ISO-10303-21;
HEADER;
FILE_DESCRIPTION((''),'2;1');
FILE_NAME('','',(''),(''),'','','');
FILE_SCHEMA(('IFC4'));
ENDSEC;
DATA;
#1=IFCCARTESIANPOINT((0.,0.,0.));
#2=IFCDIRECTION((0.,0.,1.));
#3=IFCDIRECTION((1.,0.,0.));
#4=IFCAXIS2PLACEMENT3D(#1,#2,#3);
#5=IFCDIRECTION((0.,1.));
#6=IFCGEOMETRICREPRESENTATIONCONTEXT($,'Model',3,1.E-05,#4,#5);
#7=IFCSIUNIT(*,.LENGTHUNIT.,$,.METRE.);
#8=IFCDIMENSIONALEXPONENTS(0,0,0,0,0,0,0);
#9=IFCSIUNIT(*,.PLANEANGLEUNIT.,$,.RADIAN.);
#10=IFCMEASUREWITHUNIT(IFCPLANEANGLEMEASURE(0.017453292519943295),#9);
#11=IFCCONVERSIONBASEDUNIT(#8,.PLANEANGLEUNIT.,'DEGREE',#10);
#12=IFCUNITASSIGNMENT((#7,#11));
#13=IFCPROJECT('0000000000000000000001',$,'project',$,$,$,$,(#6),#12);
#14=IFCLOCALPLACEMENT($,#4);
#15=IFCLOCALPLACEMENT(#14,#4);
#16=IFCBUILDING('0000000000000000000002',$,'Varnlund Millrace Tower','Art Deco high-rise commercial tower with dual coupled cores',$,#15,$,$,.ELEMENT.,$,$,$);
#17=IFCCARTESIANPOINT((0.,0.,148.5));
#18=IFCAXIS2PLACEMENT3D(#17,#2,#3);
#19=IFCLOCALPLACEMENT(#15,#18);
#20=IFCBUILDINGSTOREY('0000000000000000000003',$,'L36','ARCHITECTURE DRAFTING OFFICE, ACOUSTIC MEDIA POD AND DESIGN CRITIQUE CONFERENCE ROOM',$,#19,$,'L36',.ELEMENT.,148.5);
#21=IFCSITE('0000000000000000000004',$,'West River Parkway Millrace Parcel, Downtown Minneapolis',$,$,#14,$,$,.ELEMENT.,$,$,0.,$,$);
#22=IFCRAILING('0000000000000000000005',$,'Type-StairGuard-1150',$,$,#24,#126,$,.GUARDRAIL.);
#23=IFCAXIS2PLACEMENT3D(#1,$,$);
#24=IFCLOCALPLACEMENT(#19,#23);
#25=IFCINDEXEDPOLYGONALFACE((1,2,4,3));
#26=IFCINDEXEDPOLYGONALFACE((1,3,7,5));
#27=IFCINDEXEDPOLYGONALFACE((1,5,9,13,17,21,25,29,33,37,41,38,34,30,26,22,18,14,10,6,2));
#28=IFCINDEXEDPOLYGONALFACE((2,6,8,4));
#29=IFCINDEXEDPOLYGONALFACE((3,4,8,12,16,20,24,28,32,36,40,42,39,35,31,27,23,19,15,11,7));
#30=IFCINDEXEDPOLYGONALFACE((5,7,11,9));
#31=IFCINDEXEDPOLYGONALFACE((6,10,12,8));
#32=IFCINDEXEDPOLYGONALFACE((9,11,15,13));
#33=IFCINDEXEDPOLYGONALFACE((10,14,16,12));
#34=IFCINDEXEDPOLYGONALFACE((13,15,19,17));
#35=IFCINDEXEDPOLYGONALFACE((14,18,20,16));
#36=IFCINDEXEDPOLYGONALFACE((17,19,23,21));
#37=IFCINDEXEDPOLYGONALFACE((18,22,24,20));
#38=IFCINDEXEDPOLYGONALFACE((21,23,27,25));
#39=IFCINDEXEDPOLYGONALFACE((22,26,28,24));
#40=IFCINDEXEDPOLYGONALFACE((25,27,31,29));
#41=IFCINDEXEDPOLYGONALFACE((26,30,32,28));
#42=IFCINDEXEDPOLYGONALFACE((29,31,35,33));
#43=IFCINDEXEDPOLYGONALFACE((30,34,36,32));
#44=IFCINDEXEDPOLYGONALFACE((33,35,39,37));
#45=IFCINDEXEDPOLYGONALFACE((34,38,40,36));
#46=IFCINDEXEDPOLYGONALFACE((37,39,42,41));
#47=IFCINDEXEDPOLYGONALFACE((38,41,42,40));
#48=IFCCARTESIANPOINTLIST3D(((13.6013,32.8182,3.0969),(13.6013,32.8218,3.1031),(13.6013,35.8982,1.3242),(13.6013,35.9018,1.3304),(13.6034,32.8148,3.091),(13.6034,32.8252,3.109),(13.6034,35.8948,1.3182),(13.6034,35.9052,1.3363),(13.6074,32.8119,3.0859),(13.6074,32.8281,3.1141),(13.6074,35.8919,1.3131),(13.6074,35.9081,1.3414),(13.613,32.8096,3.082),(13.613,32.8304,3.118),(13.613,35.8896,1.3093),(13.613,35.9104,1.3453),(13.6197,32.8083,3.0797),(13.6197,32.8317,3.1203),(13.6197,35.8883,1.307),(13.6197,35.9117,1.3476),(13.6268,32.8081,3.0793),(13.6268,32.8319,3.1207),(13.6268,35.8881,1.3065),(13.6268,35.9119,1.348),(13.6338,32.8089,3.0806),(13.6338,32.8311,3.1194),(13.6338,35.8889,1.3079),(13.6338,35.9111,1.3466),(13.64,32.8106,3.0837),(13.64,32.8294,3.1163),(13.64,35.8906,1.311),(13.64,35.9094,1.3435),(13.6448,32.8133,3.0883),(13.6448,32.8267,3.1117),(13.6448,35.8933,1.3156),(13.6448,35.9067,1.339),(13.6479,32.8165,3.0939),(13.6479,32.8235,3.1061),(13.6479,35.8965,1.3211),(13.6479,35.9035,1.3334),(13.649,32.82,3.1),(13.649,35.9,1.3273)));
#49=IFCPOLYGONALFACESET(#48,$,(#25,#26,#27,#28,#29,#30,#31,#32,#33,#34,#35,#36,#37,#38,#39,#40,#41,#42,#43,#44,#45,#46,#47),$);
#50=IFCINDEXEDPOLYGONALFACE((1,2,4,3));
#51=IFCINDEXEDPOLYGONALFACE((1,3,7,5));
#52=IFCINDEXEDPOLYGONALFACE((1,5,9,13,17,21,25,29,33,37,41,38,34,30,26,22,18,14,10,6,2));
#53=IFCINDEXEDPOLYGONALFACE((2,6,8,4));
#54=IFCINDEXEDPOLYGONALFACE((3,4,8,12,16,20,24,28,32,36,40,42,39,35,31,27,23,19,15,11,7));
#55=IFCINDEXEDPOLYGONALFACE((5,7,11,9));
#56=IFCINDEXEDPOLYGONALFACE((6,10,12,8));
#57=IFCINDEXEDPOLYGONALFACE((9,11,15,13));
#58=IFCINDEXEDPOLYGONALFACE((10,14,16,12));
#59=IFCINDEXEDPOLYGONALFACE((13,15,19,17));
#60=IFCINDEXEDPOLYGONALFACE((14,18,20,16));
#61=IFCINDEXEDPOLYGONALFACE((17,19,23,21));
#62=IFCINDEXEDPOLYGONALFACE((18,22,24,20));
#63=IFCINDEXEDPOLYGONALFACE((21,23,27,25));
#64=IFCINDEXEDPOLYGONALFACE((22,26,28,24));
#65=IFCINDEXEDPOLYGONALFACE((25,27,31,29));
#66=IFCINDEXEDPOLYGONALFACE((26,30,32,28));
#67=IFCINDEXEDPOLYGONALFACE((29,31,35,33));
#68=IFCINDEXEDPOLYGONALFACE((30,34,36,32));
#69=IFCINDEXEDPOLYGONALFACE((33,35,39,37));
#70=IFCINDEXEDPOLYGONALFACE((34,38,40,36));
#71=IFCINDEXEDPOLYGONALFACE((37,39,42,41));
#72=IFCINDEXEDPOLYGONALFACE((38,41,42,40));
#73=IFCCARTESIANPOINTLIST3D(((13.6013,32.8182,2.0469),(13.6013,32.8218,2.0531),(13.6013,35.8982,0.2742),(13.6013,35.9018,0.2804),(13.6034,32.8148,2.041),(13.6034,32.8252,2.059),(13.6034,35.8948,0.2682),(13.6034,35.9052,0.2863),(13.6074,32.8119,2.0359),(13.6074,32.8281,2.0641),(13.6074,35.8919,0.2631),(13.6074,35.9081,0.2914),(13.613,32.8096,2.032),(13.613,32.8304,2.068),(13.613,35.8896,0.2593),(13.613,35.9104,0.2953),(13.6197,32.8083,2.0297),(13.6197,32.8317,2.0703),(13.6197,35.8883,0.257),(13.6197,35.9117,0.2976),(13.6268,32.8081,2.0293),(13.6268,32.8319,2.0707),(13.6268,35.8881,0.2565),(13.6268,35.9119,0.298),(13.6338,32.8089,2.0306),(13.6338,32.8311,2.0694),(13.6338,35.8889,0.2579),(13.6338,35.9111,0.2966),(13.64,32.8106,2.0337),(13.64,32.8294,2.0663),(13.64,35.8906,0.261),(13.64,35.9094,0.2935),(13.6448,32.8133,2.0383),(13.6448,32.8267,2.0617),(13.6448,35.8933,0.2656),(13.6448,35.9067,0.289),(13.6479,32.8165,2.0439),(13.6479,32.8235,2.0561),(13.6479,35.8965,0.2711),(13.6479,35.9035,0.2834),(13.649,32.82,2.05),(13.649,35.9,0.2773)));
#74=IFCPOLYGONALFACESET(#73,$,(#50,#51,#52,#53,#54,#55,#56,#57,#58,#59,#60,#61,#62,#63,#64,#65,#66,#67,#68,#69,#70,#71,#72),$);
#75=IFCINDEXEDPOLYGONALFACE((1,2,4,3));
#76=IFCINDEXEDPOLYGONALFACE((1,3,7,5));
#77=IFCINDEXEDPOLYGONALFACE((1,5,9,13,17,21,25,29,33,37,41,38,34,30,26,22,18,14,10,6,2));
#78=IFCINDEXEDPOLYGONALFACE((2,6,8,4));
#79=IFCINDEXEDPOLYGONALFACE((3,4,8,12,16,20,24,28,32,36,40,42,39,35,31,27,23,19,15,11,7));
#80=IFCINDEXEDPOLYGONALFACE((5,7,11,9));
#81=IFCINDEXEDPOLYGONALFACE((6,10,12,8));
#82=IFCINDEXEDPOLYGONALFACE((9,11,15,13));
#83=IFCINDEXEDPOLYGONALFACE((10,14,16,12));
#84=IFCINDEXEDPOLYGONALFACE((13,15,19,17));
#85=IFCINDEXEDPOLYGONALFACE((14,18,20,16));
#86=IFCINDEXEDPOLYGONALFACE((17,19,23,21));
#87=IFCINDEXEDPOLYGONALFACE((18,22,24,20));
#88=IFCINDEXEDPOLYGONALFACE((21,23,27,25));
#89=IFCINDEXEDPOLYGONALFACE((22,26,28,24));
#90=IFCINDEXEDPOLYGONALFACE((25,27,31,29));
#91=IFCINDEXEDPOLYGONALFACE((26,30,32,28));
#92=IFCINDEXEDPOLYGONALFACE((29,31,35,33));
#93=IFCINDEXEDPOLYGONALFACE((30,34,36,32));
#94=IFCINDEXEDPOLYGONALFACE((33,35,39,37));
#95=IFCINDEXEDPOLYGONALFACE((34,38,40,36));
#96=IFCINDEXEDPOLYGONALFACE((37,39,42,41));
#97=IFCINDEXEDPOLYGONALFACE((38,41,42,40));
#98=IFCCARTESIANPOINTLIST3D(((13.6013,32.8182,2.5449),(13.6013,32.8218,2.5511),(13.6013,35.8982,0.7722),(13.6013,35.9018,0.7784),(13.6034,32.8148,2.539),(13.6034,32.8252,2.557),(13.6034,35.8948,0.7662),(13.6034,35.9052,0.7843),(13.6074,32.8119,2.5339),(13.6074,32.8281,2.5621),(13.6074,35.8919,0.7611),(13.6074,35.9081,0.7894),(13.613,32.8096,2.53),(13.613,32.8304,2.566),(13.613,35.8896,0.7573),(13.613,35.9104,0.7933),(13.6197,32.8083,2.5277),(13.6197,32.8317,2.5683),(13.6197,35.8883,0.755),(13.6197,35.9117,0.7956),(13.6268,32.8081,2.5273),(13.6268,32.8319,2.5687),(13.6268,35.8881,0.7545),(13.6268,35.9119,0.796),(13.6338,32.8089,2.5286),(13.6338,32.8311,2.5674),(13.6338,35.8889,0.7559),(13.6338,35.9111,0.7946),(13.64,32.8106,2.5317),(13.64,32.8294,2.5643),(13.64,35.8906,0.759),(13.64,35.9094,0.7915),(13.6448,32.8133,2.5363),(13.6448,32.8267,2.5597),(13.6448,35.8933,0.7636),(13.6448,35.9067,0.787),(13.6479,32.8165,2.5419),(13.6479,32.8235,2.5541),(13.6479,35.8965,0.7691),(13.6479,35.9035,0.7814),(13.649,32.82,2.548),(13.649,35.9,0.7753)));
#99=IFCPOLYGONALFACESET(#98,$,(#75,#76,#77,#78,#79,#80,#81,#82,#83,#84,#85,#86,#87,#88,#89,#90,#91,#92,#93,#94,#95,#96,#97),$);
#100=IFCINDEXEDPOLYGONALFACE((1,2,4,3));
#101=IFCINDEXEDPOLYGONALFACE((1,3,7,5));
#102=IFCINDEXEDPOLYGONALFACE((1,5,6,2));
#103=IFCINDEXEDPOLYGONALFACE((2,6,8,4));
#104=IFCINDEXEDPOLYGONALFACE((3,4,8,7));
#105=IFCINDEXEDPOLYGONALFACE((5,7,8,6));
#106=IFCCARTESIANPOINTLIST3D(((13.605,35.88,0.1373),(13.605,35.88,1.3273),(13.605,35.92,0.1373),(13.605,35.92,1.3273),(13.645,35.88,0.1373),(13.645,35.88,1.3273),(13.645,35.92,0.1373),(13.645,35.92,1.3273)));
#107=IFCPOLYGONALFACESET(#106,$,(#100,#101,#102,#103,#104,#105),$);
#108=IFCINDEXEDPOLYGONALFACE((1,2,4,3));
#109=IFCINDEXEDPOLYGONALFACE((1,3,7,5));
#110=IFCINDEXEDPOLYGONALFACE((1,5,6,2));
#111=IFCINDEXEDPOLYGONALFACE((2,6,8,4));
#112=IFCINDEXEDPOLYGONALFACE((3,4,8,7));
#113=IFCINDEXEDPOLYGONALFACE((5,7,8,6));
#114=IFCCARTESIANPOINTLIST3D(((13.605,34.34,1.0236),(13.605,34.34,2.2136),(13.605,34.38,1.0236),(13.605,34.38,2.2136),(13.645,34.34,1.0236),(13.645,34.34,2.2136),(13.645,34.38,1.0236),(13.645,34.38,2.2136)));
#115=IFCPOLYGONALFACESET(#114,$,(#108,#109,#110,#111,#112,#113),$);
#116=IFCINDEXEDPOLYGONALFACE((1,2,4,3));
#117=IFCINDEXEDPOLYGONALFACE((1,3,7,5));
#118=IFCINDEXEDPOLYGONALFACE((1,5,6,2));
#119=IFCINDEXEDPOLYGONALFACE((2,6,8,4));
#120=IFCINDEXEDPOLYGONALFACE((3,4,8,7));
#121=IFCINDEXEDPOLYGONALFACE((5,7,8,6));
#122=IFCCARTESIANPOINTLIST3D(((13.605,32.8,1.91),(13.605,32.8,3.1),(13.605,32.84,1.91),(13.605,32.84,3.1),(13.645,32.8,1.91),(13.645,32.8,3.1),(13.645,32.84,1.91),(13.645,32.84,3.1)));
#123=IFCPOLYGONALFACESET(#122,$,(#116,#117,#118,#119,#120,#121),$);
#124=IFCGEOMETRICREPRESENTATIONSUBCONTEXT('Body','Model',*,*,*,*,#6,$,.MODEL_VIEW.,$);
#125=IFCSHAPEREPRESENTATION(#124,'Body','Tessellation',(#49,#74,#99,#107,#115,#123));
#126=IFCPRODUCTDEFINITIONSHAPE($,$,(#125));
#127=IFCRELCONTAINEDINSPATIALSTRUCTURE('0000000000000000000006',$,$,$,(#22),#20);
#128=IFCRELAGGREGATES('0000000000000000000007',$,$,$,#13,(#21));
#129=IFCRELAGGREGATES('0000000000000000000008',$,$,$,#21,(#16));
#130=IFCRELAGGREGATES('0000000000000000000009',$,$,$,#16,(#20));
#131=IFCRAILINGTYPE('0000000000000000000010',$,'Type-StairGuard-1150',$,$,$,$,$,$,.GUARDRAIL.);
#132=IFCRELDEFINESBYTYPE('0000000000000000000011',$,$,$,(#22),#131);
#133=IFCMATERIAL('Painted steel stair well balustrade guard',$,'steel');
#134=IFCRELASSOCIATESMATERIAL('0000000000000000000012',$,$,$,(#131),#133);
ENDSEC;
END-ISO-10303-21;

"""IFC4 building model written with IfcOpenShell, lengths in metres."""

from ifc_helpers import new_model, entity, si_unit, converted_unit, direction, frame, origin_with_axes, origin_2d_with_axis, place, context, subcontext, project, spatial, rectangle, circle, extrude, material, type_object, element, save


model = new_model("IFC4")

# Units and contexts
model_context = context("Model", 3, precision=1e-05, world=origin_with_axes(), true_north=direction((0.0, 1.0)))
body_context = subcontext(model_context, "Body", "Model", "MODEL_VIEW")
ifc_project = project(units=[si_unit("LENGTHUNIT", "METRE"), converted_unit("PLANEANGLEUNIT", "DEGREE", entity("IfcPlaneAngleMeasure", 0.017453292519943295), si_unit("PLANEANGLEUNIT", "RADIAN"), dimensions=[0, 0, 0, 0, 0, 0, 0])], contexts=[model_context])

# Site, building, storey
site_placement = place(None, origin_with_axes())
site = spatial("IfcSite", under=ifc_project, at=site_placement, Name="West River Parkway Millrace Parcel, Downtown Minneapolis", CompositionType="ELEMENT", RefElevation=0.0)
building_placement = place(site_placement, origin_with_axes())
building = spatial("IfcBuilding", under=site, at=building_placement, Name="Varnlund Millrace Tower", Description="Art Deco high-rise commercial tower with dual coupled cores", CompositionType="ELEMENT")
storey_placement = place(building_placement, frame((0.0, 0.0, 148.5), z_axis=(0.0, 0.0, 1.0), x_axis=(1.0, 0.0, 0.0)))
storey = spatial("IfcBuildingStorey", under=building, at=storey_placement, Name="L36", Description="ARCHITECTURE DRAFTING OFFICE, ACOUSTIC MEDIA POD AND DESIGN CRITIQUE CONFERENCE ROOM", LongName="L36", CompositionType="ELEMENT", Elevation=148.5)

# Railing
ifc_material_1 = material(Name="Painted steel stair well balustrade guard", Category="steel")
railing_type_1 = type_object("IfcRailingType", Name="Type-StairGuard-1150", PredefinedType="GUARDRAIL", material=ifc_material_1)
railing_1_placement = place(storey_placement, frame((0.0, 0.0, -148.5), z_axis=(0.0, 0.0, 1.0), x_axis=(1.0, 0.0, 0.0)))
element("IfcRailing", 1, at=railing_1_placement, inside=storey, type_object=railing_type_1, Name="Type-StairGuard-1150", PredefinedType="GUARDRAIL", context=body_context, shape_type="SweptSolid", body=[
    extrude(circle(Radius=0.024, at=origin_2d_with_axis()), frame((13.625, 35.9, 149.8273), z_axis=(0.0, -0.866696, 0.498836), x_axis=(1.0, 0.0, 0.0)), (0.0, 0.0, 1.0), 3.5537),
    extrude(circle(Radius=0.024, at=origin_2d_with_axis()), frame((13.625, 35.9, 148.7773), z_axis=(0.0, -0.866696, 0.498836), x_axis=(1.0, 0.0, 0.0)), (0.0, 0.0, 1.0), 3.5537),
    extrude(circle(Radius=0.024, at=origin_2d_with_axis()), frame((13.625, 35.9, 149.2753), z_axis=(0.0, -0.866696, 0.498836), x_axis=(1.0, 0.0, 0.0)), (0.0, 0.0, 1.0), 3.5537),
    extrude(rectangle(XDim=0.04, YDim=0.04, at=origin_2d_with_axis()), frame((13.625, 35.9, 148.6373), z_axis=(0.0, 0.0, 1.0), x_axis=(1.0, 0.0, 0.0)), (0.0, 0.0, 1.0), 1.19),
    extrude(rectangle(XDim=0.04, YDim=0.04, at=origin_2d_with_axis()), frame((13.625, 34.36, 149.5236), z_axis=(0.0, 0.0, 1.0), x_axis=(1.0, 0.0, 0.0)), (0.0, 0.0, 1.0), 1.19),
    extrude(rectangle(XDim=0.04, YDim=0.04, at=origin_2d_with_axis()), frame((13.625, 32.82, 150.41), z_axis=(0.0, 0.0, 1.0), x_axis=(1.0, 0.0, 0.0)), (0.0, 0.0, 1.0), 1.19),
])

save(model, "model.ifc")
